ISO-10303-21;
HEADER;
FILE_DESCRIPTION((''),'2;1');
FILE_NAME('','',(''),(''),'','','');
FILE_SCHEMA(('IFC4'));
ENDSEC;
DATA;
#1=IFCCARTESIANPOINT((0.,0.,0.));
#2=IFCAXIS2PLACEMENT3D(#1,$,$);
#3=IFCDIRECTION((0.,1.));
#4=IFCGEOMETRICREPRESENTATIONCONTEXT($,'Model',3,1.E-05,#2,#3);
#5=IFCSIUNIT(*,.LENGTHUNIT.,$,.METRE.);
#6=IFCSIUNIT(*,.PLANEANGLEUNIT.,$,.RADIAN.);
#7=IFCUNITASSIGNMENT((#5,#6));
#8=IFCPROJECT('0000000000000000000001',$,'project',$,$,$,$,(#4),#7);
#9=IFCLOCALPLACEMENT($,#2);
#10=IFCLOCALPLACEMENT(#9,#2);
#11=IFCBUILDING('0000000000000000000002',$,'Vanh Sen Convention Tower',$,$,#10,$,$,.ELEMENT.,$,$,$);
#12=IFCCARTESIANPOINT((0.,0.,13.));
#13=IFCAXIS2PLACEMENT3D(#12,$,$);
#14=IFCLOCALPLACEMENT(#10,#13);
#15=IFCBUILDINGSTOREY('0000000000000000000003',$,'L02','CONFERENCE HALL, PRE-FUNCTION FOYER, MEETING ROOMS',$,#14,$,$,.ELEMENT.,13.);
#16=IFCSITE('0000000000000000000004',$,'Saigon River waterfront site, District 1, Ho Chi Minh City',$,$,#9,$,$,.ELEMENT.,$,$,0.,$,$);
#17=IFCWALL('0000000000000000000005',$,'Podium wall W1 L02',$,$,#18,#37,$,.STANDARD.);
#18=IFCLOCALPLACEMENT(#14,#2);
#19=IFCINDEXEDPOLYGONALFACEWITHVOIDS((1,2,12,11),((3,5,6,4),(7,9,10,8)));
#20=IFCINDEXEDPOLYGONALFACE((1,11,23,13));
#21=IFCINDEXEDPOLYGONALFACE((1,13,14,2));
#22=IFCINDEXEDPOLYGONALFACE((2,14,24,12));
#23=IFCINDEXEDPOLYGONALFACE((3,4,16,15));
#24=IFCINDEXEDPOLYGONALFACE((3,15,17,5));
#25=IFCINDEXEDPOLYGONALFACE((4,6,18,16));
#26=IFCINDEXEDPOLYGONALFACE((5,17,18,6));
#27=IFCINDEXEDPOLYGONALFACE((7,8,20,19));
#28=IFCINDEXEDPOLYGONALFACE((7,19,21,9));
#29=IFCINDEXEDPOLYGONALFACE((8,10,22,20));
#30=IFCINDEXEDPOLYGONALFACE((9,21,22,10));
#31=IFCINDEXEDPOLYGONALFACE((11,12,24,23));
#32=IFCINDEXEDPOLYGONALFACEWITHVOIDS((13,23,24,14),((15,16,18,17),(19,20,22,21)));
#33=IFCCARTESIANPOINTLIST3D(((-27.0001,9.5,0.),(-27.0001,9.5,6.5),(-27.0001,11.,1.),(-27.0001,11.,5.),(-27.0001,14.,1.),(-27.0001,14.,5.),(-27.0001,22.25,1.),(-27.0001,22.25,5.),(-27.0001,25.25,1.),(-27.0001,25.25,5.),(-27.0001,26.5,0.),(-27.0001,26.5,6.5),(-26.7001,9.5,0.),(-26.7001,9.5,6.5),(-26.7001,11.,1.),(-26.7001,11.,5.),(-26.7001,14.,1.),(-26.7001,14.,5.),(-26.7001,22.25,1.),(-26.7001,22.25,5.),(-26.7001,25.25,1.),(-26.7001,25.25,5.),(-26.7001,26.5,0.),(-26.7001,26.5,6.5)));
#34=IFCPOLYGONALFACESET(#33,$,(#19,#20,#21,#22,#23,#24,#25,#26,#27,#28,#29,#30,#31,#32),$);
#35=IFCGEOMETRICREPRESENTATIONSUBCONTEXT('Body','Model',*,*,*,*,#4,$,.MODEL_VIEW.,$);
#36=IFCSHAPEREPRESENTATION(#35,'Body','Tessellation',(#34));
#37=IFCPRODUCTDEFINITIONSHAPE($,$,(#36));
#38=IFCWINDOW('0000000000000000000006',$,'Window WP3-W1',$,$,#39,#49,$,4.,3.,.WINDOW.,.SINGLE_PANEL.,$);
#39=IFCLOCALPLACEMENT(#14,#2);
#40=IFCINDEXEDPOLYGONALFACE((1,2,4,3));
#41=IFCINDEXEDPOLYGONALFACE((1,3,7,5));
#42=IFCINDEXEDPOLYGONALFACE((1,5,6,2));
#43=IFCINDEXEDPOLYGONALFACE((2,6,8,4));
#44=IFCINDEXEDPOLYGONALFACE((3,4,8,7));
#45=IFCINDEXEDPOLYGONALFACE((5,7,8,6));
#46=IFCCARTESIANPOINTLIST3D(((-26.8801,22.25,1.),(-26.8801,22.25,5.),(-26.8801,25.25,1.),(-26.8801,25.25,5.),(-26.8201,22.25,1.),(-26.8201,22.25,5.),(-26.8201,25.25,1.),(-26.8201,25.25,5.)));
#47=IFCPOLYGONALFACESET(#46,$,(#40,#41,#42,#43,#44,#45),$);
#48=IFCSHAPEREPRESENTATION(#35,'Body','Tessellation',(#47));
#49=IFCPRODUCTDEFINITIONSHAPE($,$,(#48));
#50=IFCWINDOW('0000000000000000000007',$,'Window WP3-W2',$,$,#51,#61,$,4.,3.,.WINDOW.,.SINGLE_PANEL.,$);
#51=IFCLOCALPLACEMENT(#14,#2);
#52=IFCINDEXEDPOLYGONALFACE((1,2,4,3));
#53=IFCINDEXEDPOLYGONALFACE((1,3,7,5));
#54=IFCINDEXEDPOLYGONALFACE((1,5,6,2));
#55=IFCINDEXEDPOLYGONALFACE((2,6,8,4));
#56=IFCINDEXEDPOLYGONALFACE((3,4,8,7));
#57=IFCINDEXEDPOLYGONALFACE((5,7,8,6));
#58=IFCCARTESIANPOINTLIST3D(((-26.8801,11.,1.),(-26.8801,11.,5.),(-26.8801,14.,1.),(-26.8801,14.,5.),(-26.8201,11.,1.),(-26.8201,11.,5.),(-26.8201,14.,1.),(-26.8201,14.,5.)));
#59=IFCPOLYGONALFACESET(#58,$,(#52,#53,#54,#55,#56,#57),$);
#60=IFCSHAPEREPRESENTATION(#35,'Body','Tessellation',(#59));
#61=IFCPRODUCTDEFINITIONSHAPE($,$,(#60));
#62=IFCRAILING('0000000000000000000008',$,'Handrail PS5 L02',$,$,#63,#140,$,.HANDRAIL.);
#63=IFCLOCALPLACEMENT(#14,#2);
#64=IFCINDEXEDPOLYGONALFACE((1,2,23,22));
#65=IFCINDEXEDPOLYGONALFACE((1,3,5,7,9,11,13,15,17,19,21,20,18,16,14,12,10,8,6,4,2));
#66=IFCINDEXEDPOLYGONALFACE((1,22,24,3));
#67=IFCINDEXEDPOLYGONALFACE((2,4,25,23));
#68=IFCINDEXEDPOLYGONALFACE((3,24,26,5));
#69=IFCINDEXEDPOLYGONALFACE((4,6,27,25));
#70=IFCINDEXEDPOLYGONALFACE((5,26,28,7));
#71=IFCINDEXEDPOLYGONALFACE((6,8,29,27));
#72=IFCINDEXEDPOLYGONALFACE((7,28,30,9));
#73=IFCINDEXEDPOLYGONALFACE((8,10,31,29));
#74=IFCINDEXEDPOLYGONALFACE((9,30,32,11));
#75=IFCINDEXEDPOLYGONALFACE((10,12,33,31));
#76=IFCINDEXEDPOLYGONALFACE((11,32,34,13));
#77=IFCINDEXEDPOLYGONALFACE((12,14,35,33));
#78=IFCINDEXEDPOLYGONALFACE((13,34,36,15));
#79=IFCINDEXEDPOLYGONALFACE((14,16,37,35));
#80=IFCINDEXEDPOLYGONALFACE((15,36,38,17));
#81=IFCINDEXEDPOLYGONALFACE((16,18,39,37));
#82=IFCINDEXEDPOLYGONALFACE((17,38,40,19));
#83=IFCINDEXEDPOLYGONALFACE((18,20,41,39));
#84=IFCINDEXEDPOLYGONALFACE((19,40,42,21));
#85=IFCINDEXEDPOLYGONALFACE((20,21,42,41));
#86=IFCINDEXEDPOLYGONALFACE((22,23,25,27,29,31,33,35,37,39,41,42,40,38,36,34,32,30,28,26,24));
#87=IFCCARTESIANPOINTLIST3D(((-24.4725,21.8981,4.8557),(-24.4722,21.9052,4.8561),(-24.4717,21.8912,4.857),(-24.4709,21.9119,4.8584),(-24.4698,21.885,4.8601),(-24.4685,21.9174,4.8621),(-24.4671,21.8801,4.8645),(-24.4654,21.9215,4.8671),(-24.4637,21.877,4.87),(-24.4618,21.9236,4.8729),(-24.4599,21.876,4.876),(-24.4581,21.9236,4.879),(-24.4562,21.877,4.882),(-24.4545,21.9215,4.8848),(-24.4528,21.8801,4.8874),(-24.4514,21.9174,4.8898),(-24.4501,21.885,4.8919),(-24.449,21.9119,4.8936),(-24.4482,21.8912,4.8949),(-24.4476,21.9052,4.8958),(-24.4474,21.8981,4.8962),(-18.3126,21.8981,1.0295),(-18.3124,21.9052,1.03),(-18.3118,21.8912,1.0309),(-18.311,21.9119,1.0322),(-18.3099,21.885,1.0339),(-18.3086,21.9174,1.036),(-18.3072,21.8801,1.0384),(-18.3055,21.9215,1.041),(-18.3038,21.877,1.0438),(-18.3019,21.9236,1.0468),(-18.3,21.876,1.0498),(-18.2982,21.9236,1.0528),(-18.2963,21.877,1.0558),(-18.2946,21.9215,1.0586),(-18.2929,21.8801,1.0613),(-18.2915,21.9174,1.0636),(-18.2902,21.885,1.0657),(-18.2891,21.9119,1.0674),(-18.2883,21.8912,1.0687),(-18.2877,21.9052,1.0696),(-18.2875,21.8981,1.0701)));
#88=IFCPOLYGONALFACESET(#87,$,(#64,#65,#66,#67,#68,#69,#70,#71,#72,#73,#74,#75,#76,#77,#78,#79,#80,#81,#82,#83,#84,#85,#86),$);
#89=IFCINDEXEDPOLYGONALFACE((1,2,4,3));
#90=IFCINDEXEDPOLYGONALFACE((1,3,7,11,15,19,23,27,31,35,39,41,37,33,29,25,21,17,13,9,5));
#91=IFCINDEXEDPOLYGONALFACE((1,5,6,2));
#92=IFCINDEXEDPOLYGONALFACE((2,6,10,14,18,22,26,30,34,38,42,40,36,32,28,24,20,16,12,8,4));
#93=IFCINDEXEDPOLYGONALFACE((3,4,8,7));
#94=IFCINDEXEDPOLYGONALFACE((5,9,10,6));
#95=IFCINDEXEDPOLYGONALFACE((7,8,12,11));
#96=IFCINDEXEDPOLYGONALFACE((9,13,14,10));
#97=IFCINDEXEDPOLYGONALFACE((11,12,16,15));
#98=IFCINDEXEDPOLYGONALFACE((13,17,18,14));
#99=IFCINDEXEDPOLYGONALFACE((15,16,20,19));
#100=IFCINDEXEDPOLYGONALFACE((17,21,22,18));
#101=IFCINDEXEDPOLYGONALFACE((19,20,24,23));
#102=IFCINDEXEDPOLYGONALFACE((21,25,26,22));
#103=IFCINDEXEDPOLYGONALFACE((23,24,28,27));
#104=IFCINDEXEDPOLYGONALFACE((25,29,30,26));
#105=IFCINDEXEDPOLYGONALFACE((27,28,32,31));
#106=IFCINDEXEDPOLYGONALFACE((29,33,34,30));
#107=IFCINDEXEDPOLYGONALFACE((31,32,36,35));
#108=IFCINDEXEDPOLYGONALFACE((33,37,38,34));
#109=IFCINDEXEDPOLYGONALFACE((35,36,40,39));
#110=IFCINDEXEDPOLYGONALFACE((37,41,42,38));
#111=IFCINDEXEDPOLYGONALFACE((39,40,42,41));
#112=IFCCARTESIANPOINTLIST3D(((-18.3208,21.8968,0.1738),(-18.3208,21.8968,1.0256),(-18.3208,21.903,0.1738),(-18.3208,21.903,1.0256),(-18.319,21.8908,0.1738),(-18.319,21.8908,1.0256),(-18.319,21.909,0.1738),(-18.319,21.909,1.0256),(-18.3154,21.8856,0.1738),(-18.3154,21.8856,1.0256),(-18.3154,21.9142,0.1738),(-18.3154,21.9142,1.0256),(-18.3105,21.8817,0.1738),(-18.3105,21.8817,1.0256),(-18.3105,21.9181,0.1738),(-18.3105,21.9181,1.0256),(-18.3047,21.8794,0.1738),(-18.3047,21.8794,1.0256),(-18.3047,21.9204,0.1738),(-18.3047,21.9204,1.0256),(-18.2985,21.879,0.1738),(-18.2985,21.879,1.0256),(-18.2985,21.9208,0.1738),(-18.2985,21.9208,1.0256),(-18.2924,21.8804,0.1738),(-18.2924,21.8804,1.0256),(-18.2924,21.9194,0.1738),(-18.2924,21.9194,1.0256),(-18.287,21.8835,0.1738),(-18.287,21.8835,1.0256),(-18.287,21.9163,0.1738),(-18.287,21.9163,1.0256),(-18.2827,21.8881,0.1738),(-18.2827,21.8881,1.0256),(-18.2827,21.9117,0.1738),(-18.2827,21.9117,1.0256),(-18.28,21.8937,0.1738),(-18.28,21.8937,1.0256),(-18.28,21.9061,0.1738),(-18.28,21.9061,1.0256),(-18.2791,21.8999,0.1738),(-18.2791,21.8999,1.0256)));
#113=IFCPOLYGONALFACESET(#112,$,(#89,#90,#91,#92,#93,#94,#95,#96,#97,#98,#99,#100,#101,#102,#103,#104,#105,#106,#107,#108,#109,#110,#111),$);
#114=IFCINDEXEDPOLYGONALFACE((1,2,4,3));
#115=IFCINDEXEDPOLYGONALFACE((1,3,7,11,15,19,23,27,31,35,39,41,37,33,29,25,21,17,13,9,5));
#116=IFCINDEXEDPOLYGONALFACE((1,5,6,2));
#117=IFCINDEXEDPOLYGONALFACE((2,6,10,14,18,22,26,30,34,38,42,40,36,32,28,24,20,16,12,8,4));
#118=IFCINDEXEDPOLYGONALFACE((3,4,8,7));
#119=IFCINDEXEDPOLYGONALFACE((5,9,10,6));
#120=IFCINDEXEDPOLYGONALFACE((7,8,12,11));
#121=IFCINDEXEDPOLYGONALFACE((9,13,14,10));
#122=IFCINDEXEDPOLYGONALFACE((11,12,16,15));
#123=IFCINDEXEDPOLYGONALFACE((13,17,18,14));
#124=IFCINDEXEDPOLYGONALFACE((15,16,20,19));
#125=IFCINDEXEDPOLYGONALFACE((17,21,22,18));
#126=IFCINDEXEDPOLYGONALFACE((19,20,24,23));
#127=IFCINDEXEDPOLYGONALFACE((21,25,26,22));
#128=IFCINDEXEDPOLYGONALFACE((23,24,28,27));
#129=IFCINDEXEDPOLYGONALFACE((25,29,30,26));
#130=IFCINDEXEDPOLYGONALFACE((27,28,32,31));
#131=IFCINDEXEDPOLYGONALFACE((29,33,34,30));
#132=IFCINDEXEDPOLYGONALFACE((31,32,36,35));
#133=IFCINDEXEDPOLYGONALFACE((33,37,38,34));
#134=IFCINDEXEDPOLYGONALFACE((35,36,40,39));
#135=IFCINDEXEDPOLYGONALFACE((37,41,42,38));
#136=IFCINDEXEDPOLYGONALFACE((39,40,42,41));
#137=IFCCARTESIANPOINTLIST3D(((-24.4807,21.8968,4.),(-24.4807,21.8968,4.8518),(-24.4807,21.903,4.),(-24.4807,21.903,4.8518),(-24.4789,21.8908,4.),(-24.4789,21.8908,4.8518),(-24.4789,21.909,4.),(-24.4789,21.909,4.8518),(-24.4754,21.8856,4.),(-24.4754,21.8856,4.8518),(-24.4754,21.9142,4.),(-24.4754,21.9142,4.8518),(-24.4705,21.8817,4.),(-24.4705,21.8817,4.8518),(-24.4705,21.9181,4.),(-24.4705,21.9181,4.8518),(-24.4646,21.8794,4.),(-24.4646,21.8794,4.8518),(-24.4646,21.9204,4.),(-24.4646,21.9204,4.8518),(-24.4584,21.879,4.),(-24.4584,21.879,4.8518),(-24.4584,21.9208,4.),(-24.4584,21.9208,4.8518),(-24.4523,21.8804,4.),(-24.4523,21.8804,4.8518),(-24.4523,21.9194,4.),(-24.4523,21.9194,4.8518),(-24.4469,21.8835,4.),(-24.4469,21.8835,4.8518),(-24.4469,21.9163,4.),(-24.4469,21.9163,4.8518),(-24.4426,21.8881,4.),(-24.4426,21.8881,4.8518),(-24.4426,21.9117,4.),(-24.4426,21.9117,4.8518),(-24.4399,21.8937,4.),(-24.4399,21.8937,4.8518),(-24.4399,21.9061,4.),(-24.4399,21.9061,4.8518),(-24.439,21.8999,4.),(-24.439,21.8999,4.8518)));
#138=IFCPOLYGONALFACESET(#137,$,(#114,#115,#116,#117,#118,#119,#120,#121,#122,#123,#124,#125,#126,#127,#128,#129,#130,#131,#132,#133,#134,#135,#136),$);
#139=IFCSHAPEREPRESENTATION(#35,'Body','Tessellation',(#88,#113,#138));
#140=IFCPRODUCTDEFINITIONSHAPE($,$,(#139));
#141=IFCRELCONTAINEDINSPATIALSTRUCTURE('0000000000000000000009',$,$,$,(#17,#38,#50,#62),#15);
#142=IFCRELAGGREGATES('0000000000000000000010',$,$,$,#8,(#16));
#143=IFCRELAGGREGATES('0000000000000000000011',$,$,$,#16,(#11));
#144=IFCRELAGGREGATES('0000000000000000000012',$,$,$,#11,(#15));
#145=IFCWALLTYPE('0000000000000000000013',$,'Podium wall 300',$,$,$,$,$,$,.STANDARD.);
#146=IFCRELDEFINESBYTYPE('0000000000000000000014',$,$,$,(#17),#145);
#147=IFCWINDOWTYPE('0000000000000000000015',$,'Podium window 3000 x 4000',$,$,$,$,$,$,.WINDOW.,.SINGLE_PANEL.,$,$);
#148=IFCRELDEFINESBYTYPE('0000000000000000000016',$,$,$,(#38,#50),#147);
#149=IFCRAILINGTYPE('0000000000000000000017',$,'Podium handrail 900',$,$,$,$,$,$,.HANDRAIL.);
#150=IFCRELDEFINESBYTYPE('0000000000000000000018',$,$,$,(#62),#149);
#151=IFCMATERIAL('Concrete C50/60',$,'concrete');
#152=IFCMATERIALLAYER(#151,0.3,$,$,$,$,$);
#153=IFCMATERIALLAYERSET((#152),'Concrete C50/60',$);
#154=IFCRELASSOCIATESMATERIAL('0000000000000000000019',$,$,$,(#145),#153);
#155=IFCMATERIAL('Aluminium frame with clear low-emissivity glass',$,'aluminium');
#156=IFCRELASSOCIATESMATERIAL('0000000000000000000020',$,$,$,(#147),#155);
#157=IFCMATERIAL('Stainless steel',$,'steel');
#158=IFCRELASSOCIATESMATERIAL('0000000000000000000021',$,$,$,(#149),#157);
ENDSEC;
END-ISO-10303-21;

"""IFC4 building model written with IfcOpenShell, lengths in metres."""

from ifc_helpers import new_model, si_unit, direction, frame, frame_2d, origin, origin_2d, place, context, subcontext, project, spatial, rectangle, circle, extrude, material, layer, layer_set, type_object, element, fill, save


model = new_model("IFC4")

# Units and contexts
model_context = context("Model", 3, precision=1e-05, world=origin(), true_north=direction((0.0, 1.0)))
body_context = subcontext(model_context, "Body", "Model", "MODEL_VIEW")
ifc_project = project(units=[si_unit("LENGTHUNIT", "METRE"), si_unit("PLANEANGLEUNIT", "RADIAN")], contexts=[model_context])

# Site, building, storey
site_placement = place(None, origin())
site = spatial("IfcSite", under=ifc_project, at=site_placement, Name="Saigon River waterfront site, District 1, Ho Chi Minh City", CompositionType="ELEMENT", RefElevation=0.0)
building_placement = place(site_placement, origin())
building = spatial("IfcBuilding", under=site, at=building_placement, Name="Vanh Sen Convention Tower", CompositionType="ELEMENT")
storey_placement = place(building_placement, frame((0.0, 0.0, 13.0)))
storey = spatial("IfcBuildingStorey", under=building, at=storey_placement, Name="L02", Description="CONFERENCE HALL, PRE-FUNCTION FOYER, MEETING ROOMS", CompositionType="ELEMENT", Elevation=13.0)

# Wall, openings, windows
ifc_material_1 = material(Name="Concrete C50/60", Category="concrete")
ifc_layer_1 = layer(ifc_material_1, 0.3)
ifc_layer_set_1 = layer_set([ifc_layer_1], Name="Concrete C50/60")
wall_type_1 = type_object("IfcWallType", Name="Podium wall 300", PredefinedType="STANDARD", material=ifc_layer_set_1)
wall_1_placement = place(storey_placement, frame((-26.8501, 26.5, 0.0), z_axis=(0.0, 0.0, 1.0), x_axis=(0.0, -1.0, 0.0)))
wall_1 = element("IfcWall", 1, at=wall_1_placement, inside=storey, type_object=wall_type_1, Name="Podium wall W1 L02", PredefinedType="STANDARD", context=body_context, shape_type="SweptSolid", body=[
    extrude(rectangle(XDim=17.0, YDim=0.3, at=frame_2d((8.5, 0.0))), origin(), (0.0, 0.0, 1.0), 6.5),
])
opening_1_placement = place(wall_1_placement, frame((1.25, 0.0, 1.0)))
opening_1 = element("IfcOpeningElement", 2, at=opening_1_placement, cuts=wall_1, PredefinedType="OPENING", context=body_context, shape_type="SweptSolid", body=[
    extrude(rectangle(XDim=3.0, YDim=4.0, at=frame_2d((1.5, 2.0))), frame((0.0, 0.1599, 0.0), z_axis=(0.0, -1.0, 0.0), x_axis=(1.0, 0.0, 0.0)), (0.0, 0.0, 1.0), 0.3201),
])
opening_2_placement = place(wall_1_placement, frame((12.5, 0.0, 1.0)))
opening_2 = element("IfcOpeningElement", 3, at=opening_2_placement, cuts=wall_1, PredefinedType="OPENING", context=body_context, shape_type="SweptSolid", body=[
    extrude(rectangle(XDim=3.0, YDim=4.0, at=frame_2d((1.5, 2.0))), frame((0.0, 0.1599, 0.0), z_axis=(0.0, -1.0, 0.0), x_axis=(1.0, 0.0, 0.0)), (0.0, 0.0, 1.0), 0.3201),
])
ifc_material_2 = material(Name="Aluminium frame with clear low-emissivity glass", Category="aluminium")
window_type = type_object("IfcWindowType", Name="Podium window 3000 x 4000", PartitioningType="SINGLE_PANEL", PredefinedType="WINDOW", material=ifc_material_2)
window_1_placement = place(opening_1_placement, origin())
window_1 = element("IfcWindow", 4, at=window_1_placement, inside=storey, type_object=window_type, Name="Window WP3-W1", OverallHeight=4.0, OverallWidth=3.0, PartitioningType="SINGLE_PANEL", PredefinedType="WINDOW", context=body_context, shape_type="SweptSolid", body=[
    extrude(rectangle(XDim=3.0, YDim=4.0, at=frame_2d((1.5, 2.0))), frame((0.0, 0.03, 0.0), z_axis=(0.0, -1.0, 0.0), x_axis=(1.0, 0.0, 0.0)), (0.0, 0.0, 1.0), 0.0601),
])
fill(opening_1, window_1)
window_2_placement = place(opening_2_placement, origin())
window_2 = element("IfcWindow", 5, at=window_2_placement, inside=storey, type_object=window_type, Name="Window WP3-W2", OverallHeight=4.0, OverallWidth=3.0, PartitioningType="SINGLE_PANEL", PredefinedType="WINDOW", context=body_context, shape_type="SweptSolid", body=[
    extrude(rectangle(XDim=3.0, YDim=4.0, at=frame_2d((1.5, 2.0))), frame((0.0, 0.03, 0.0), z_axis=(0.0, -1.0, 0.0), x_axis=(1.0, 0.0, 0.0)), (0.0, 0.0, 1.0), 0.0601),
])
fill(opening_2, window_2)

# Railing
ifc_material_3 = material(Name="Stainless steel", Category="steel")
railing_type = type_object("IfcRailingType", Name="Podium handrail 900", PredefinedType="HANDRAIL", material=ifc_material_3)
for number, where, name in (
    (6, (-18.3, 21.8999, 0.1738), "Handrail PS5 L02"),
):
    element("IfcRailing", number, at=place(storey_placement, frame(where)), inside=storey, type_object=railing_type, Name=name, PredefinedType="HANDRAIL", context=body_context, shape_type="SweptSolid", body=[
        extrude(circle(Radius=0.0239, at=origin_2d()), frame((0.0, 0.0, 0.876), z_axis=(-0.849468, 0.0, 0.527639), x_axis=(0.0, -1.0, 0.0)), (0.0, 0.0, 1.0), 7.2515),
        extrude(circle(Radius=0.021, at=origin_2d()), origin(), (0.0, 0.0, 1.0), 0.8518),
        extrude(circle(Radius=0.021, at=origin_2d()), frame((-6.1599, 0.0, 3.8262)), (0.0, 0.0, 1.0), 0.8518),
    ])

save(model, "model.ifc")
